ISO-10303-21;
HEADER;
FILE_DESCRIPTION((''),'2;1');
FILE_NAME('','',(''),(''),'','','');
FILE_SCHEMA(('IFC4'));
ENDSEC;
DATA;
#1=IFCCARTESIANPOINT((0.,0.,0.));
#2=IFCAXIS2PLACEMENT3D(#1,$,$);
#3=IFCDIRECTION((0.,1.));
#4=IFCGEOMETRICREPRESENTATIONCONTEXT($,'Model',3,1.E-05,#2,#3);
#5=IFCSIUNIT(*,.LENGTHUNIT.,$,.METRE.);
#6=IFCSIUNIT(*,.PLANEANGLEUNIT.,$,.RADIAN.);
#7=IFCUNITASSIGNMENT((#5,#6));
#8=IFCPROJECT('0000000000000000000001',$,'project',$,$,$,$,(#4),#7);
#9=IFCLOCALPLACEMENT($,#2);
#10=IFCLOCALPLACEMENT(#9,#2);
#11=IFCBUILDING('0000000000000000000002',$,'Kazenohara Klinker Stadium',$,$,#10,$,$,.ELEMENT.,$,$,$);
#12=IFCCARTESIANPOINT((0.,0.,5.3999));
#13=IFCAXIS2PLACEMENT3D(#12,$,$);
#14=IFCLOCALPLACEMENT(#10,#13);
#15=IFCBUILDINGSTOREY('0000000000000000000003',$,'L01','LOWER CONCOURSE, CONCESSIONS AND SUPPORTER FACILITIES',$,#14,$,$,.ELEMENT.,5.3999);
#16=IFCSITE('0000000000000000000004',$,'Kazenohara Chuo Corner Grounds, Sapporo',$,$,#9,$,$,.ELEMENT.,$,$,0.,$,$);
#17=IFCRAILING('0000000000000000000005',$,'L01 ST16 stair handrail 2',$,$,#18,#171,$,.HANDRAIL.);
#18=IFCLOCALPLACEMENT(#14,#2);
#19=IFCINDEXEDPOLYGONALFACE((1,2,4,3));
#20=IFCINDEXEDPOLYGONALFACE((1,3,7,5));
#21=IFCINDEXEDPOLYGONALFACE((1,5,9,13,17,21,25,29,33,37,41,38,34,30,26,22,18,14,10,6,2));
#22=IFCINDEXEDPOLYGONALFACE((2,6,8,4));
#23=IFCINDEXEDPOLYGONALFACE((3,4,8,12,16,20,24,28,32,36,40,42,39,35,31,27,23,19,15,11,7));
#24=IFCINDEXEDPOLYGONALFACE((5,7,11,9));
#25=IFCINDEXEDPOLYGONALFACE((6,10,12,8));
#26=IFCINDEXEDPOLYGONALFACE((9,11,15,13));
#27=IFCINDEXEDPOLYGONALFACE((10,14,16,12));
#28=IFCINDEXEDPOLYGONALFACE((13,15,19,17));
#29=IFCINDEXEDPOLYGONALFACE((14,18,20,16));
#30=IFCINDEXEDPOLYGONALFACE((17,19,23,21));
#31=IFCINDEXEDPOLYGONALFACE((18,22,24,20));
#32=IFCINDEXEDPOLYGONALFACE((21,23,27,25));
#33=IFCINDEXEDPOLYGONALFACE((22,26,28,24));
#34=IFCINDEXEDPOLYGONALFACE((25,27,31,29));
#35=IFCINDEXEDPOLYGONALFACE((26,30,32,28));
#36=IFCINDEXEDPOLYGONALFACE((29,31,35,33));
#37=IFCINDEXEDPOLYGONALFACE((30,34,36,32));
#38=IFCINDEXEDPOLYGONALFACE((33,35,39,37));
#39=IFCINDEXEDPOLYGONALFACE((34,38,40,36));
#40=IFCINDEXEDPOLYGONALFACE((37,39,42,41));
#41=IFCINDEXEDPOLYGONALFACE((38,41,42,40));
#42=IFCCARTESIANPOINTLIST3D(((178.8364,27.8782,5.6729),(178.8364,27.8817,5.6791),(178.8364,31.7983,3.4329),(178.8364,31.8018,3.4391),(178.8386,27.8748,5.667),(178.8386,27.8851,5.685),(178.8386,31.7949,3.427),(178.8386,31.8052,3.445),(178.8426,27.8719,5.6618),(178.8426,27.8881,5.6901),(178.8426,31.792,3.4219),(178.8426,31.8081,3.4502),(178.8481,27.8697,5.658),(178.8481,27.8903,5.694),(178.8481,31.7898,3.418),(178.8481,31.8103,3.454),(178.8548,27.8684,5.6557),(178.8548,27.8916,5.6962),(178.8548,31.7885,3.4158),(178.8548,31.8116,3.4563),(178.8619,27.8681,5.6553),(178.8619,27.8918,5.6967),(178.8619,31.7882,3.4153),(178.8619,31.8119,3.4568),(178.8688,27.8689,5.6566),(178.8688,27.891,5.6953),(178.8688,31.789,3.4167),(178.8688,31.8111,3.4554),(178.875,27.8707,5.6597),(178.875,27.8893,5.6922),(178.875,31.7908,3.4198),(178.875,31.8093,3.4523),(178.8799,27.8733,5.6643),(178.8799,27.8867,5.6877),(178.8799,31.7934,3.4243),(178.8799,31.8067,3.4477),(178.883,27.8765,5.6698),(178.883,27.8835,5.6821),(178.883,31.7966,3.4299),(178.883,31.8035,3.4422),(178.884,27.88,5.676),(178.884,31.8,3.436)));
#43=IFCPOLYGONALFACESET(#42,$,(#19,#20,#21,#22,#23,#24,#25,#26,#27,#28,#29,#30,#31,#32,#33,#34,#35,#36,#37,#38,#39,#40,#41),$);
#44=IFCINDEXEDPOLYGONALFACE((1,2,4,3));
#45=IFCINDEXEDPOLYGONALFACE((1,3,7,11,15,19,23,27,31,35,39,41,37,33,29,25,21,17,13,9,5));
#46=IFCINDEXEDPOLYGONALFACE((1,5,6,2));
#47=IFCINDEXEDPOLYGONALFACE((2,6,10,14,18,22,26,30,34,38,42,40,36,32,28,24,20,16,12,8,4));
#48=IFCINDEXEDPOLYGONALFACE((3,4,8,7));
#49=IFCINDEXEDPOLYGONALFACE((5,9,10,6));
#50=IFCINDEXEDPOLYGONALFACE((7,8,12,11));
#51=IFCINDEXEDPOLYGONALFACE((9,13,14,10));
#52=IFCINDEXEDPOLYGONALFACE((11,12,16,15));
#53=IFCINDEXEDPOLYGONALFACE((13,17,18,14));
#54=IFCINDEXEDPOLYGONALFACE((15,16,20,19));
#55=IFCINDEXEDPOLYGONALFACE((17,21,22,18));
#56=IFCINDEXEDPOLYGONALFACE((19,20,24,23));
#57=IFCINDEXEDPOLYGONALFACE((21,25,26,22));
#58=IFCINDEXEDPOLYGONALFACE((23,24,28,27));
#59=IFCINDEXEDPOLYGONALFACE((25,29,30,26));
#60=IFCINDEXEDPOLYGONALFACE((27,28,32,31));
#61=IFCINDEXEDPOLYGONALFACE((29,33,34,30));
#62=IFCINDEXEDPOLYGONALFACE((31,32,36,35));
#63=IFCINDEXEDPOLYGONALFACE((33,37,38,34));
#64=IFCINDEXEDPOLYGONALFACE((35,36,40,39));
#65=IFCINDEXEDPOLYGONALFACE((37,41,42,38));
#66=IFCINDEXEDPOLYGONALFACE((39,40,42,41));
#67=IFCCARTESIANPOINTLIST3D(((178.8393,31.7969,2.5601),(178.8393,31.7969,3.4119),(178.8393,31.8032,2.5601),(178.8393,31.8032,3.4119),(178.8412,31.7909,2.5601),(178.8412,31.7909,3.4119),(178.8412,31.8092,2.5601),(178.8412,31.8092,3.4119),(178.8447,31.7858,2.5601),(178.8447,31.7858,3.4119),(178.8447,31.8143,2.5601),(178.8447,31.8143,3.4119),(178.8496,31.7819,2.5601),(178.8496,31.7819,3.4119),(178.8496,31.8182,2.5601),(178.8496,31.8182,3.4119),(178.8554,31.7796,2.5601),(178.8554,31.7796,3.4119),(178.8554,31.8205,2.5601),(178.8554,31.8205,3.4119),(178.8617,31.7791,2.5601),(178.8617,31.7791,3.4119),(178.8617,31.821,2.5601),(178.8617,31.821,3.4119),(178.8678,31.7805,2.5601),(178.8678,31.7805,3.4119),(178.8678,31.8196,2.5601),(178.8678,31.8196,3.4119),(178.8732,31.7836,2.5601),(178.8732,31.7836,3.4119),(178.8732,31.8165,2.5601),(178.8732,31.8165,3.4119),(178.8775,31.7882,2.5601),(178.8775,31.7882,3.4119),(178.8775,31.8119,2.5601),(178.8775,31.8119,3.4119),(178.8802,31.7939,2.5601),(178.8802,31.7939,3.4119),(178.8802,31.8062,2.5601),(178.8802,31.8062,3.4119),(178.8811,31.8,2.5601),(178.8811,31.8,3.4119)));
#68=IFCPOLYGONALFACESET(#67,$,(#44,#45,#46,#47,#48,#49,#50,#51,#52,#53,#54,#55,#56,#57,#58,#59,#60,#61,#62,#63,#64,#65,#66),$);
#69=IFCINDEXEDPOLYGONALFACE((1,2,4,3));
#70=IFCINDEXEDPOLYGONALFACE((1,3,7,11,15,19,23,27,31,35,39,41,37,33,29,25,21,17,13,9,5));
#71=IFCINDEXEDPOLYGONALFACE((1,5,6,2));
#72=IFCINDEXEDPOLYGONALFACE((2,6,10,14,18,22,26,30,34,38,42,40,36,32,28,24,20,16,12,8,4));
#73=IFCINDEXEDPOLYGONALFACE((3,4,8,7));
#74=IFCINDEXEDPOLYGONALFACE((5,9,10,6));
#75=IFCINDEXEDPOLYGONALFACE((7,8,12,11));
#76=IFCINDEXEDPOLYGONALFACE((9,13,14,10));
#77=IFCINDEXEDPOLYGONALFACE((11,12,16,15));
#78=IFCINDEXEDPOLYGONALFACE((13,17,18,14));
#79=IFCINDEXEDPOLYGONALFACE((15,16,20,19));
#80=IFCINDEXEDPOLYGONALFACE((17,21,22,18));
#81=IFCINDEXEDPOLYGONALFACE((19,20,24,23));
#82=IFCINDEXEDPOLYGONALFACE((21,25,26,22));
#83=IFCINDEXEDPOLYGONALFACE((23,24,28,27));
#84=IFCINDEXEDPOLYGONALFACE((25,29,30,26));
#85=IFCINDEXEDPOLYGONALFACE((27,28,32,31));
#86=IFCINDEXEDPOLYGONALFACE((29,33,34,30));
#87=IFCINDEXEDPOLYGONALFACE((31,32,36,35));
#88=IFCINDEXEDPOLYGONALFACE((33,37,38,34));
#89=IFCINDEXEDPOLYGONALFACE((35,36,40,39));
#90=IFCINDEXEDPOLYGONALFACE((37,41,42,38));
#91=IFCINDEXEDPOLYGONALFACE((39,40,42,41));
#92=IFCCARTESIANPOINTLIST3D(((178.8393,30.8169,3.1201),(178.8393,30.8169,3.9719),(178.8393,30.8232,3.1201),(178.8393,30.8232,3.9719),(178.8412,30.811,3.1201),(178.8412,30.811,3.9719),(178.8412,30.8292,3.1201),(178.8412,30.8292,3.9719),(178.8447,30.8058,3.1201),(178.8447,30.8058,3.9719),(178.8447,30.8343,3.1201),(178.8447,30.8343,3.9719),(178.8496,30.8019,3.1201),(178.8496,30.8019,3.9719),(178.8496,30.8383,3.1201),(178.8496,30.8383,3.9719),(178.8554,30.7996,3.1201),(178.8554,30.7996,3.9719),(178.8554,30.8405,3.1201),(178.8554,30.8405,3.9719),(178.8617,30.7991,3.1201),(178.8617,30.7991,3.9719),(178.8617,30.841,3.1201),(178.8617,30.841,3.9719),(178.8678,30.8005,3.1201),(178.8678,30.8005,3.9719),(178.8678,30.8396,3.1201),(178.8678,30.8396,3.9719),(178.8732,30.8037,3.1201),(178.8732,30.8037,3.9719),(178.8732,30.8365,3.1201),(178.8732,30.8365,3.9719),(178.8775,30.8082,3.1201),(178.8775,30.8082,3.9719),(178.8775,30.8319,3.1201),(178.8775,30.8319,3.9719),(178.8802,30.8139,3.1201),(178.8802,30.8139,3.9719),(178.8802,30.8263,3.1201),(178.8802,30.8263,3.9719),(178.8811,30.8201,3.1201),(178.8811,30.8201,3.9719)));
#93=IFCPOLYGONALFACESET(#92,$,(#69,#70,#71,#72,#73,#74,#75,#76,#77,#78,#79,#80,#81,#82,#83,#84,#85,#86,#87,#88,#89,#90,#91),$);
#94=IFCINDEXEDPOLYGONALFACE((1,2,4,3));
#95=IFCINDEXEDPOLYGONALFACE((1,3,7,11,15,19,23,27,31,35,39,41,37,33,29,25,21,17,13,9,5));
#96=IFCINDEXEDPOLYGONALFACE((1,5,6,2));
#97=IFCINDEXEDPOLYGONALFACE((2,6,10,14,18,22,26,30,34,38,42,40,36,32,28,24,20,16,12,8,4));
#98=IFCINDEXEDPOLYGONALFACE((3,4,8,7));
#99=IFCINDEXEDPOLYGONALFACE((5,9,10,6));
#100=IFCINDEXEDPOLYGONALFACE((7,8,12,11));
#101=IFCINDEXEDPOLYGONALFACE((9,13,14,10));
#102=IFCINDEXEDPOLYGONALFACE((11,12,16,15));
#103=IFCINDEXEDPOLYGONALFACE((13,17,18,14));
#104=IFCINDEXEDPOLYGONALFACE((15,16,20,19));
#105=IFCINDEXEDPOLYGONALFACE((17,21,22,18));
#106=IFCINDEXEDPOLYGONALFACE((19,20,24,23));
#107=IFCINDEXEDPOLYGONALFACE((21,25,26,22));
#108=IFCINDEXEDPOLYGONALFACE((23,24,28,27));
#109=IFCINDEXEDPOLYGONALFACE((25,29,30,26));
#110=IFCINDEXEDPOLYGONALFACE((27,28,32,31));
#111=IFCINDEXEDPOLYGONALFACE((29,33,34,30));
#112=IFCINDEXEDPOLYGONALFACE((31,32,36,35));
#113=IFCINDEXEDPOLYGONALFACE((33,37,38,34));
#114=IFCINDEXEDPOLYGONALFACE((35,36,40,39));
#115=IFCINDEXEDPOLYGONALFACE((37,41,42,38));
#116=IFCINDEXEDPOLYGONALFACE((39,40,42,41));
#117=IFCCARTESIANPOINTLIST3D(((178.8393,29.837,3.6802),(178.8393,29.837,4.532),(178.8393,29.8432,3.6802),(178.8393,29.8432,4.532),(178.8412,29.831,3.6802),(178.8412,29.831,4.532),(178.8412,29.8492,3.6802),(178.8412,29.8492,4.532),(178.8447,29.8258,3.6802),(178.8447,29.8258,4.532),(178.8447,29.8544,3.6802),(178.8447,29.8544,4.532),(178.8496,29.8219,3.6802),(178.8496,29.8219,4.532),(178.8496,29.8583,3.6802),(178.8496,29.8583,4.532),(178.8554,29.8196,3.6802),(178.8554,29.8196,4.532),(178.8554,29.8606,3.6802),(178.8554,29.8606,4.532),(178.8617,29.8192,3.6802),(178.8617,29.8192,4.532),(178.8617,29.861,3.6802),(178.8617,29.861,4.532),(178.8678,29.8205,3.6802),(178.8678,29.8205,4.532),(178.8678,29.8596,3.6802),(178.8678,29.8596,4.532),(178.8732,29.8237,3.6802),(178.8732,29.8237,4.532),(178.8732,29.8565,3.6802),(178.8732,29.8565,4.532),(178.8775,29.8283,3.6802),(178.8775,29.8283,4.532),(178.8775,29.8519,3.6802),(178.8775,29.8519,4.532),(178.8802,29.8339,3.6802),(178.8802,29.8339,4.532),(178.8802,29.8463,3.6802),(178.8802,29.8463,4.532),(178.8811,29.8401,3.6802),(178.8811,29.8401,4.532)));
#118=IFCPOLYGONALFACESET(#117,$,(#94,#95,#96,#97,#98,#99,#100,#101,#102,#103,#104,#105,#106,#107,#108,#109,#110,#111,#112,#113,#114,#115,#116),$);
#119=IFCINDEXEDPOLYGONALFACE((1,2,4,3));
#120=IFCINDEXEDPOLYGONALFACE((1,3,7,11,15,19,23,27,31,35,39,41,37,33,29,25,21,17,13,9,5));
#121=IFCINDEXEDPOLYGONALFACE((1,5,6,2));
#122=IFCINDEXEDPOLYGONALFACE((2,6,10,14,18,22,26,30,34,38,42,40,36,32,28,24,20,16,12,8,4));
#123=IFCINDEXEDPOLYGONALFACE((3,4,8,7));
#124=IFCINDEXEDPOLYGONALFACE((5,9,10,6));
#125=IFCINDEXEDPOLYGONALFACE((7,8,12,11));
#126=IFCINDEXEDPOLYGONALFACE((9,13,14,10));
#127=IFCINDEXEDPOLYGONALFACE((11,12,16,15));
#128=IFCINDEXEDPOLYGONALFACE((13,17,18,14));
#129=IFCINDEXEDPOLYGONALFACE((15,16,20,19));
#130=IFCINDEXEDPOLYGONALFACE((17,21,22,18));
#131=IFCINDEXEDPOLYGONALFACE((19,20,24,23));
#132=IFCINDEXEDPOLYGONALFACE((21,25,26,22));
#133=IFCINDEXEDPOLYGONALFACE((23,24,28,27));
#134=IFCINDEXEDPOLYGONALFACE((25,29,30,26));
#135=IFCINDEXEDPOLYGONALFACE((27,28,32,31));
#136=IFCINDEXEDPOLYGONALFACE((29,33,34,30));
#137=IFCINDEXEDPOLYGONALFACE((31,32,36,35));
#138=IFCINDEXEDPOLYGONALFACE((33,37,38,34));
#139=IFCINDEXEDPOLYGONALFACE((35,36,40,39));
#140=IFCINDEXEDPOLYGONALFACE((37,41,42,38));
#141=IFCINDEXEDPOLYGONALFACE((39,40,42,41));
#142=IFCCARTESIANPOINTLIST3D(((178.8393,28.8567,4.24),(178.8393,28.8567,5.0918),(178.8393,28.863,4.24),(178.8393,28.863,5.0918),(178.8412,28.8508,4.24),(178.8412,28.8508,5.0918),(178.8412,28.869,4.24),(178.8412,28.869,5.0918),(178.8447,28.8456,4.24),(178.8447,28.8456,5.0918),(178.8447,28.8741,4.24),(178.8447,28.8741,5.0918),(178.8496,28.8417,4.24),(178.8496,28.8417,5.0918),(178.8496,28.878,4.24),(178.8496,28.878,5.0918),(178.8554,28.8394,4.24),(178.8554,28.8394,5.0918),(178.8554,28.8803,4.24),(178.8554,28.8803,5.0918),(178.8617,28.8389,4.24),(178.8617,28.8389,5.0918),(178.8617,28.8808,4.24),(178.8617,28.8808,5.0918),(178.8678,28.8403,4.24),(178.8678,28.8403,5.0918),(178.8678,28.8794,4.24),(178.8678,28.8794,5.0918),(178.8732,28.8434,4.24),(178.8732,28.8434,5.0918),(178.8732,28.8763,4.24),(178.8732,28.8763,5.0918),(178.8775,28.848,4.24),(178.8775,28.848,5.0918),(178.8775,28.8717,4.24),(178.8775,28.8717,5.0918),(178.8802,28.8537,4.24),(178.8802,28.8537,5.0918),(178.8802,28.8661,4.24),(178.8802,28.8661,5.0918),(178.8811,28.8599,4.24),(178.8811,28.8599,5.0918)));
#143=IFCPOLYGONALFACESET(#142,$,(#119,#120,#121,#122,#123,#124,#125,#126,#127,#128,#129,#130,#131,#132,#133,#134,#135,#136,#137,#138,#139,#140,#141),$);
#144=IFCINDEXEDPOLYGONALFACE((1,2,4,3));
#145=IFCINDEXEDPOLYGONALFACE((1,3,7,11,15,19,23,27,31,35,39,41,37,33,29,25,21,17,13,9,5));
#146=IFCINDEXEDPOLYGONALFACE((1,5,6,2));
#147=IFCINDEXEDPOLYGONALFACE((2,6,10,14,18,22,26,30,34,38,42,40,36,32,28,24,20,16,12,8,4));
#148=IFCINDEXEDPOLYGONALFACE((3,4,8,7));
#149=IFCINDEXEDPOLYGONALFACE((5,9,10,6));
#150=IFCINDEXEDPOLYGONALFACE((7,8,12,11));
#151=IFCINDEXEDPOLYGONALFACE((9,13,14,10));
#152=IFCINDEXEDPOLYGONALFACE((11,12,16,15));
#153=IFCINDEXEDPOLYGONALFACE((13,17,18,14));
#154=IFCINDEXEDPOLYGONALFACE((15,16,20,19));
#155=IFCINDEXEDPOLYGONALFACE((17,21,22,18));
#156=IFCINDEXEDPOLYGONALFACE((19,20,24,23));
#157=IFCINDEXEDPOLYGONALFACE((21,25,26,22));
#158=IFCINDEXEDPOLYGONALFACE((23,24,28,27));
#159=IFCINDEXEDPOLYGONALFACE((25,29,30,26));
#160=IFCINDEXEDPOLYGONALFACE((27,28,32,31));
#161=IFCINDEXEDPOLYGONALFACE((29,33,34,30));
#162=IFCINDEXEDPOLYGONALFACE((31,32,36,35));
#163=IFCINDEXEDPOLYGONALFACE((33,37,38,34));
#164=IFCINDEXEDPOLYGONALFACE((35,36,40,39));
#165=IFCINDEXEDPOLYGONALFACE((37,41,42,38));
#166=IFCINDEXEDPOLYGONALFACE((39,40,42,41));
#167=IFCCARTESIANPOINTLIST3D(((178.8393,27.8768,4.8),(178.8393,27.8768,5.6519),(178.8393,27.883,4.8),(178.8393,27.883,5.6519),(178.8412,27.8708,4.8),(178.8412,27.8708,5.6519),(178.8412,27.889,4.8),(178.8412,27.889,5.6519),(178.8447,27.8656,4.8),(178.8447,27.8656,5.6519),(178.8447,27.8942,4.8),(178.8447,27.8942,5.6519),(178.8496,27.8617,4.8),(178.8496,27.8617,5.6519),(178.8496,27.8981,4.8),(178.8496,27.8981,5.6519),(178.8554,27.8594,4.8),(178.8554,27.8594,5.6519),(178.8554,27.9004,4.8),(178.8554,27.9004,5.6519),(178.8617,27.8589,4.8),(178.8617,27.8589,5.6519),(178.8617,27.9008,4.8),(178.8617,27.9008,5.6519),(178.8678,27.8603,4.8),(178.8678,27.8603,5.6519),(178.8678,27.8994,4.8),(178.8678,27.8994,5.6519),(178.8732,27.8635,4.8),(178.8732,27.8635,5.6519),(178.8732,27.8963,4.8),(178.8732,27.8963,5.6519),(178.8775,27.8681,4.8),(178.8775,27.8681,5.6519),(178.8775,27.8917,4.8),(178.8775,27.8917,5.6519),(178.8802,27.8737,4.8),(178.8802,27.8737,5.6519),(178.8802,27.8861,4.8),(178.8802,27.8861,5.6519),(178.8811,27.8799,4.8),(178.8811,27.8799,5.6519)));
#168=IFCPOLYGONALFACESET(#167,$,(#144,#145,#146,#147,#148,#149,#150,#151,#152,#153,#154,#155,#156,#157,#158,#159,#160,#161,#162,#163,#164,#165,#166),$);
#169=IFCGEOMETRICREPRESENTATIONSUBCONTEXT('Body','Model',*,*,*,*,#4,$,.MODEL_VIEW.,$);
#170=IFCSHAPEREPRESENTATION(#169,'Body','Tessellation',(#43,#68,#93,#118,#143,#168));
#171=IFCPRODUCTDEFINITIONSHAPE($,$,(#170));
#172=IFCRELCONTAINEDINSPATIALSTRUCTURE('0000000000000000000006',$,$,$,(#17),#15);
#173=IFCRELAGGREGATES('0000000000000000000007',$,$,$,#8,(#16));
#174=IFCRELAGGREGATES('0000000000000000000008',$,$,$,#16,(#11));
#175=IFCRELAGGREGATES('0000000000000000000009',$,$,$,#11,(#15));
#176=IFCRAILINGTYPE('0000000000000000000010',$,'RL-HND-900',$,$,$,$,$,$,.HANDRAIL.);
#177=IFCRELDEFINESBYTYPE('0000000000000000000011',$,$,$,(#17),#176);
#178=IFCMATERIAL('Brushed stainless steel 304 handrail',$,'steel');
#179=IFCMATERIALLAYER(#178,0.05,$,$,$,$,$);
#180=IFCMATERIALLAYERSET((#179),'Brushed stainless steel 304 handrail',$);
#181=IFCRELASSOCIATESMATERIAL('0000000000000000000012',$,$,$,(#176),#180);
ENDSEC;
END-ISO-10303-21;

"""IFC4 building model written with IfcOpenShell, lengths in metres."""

from ifc_helpers import new_model, si_unit, direction, frame, origin, origin_2d, place, context, subcontext, project, spatial, circle, extrude, material, layer, layer_set, type_object, element, save


model = new_model("IFC4")

# Units and contexts
model_context = context("Model", 3, precision=1e-05, world=origin(), true_north=direction((0.0, 1.0)))
body_context = subcontext(model_context, "Body", "Model", "MODEL_VIEW")
ifc_project = project(units=[si_unit("LENGTHUNIT", "METRE"), si_unit("PLANEANGLEUNIT", "RADIAN")], contexts=[model_context])

# Site, building, storey
site_placement = place(None, origin())
site = spatial("IfcSite", under=ifc_project, at=site_placement, Name="Kazenohara Chuo Corner Grounds, Sapporo", CompositionType="ELEMENT", RefElevation=0.0)
building_placement = place(site_placement, origin())
building = spatial("IfcBuilding", under=site, at=building_placement, Name="Kazenohara Klinker Stadium", CompositionType="ELEMENT")
storey_placement = place(building_placement, frame((0.0, 0.0, 5.3999)))
storey = spatial("IfcBuildingStorey", under=building, at=storey_placement, Name="L01", Description="LOWER CONCOURSE, CONCESSIONS AND SUPPORTER FACILITIES", CompositionType="ELEMENT", Elevation=5.3999)

# Railing
ifc_material_1 = material(Name="Brushed stainless steel 304 handrail", Category="steel")
ifc_layer_1 = layer(ifc_material_1, 0.05)
ifc_layer_set_1 = layer_set([ifc_layer_1], Name="Brushed stainless steel 304 handrail")
railing_type_1 = type_object("IfcRailingType", Name="RL-HND-900", PredefinedType="HANDRAIL", material=ifc_layer_set_1)
railing_1_placement = place(storey_placement, frame((178.8601, 31.8, 2.5601)))
element("IfcRailing", 1, at=railing_1_placement, inside=storey, type_object=railing_type_1, Name="L01 ST16 stair handrail 2", PredefinedType="HANDRAIL", context=body_context, shape_type="SweptSolid", body=[
    extrude(circle(Radius=0.0239, at=origin_2d()), frame((0.0, 0.0, 0.876), z_axis=(0.0, -0.868253, 0.496121), x_axis=(1.0, 0.0, 0.0)), (0.0, 0.0, 1.0), 4.5149),
    extrude(circle(Radius=0.021, at=origin_2d()), origin(), (0.0, 0.0, 1.0), 0.8518),
    extrude(circle(Radius=0.021, at=origin_2d()), frame((0.0, -0.98, 0.5601)), (0.0, 0.0, 1.0), 0.8518),
    extrude(circle(Radius=0.021, at=origin_2d()), frame((0.0, -1.96, 1.1201)), (0.0, 0.0, 1.0), 0.8518),
    extrude(circle(Radius=0.021, at=origin_2d()), frame((0.0, -2.9402, 1.6799)), (0.0, 0.0, 1.0), 0.8518),
    extrude(circle(Radius=0.021, at=origin_2d()), frame((0.0, -3.9202, 2.24)), (0.0, 0.0, 1.0), 0.8518),
])

save(model, "model.ifc")
